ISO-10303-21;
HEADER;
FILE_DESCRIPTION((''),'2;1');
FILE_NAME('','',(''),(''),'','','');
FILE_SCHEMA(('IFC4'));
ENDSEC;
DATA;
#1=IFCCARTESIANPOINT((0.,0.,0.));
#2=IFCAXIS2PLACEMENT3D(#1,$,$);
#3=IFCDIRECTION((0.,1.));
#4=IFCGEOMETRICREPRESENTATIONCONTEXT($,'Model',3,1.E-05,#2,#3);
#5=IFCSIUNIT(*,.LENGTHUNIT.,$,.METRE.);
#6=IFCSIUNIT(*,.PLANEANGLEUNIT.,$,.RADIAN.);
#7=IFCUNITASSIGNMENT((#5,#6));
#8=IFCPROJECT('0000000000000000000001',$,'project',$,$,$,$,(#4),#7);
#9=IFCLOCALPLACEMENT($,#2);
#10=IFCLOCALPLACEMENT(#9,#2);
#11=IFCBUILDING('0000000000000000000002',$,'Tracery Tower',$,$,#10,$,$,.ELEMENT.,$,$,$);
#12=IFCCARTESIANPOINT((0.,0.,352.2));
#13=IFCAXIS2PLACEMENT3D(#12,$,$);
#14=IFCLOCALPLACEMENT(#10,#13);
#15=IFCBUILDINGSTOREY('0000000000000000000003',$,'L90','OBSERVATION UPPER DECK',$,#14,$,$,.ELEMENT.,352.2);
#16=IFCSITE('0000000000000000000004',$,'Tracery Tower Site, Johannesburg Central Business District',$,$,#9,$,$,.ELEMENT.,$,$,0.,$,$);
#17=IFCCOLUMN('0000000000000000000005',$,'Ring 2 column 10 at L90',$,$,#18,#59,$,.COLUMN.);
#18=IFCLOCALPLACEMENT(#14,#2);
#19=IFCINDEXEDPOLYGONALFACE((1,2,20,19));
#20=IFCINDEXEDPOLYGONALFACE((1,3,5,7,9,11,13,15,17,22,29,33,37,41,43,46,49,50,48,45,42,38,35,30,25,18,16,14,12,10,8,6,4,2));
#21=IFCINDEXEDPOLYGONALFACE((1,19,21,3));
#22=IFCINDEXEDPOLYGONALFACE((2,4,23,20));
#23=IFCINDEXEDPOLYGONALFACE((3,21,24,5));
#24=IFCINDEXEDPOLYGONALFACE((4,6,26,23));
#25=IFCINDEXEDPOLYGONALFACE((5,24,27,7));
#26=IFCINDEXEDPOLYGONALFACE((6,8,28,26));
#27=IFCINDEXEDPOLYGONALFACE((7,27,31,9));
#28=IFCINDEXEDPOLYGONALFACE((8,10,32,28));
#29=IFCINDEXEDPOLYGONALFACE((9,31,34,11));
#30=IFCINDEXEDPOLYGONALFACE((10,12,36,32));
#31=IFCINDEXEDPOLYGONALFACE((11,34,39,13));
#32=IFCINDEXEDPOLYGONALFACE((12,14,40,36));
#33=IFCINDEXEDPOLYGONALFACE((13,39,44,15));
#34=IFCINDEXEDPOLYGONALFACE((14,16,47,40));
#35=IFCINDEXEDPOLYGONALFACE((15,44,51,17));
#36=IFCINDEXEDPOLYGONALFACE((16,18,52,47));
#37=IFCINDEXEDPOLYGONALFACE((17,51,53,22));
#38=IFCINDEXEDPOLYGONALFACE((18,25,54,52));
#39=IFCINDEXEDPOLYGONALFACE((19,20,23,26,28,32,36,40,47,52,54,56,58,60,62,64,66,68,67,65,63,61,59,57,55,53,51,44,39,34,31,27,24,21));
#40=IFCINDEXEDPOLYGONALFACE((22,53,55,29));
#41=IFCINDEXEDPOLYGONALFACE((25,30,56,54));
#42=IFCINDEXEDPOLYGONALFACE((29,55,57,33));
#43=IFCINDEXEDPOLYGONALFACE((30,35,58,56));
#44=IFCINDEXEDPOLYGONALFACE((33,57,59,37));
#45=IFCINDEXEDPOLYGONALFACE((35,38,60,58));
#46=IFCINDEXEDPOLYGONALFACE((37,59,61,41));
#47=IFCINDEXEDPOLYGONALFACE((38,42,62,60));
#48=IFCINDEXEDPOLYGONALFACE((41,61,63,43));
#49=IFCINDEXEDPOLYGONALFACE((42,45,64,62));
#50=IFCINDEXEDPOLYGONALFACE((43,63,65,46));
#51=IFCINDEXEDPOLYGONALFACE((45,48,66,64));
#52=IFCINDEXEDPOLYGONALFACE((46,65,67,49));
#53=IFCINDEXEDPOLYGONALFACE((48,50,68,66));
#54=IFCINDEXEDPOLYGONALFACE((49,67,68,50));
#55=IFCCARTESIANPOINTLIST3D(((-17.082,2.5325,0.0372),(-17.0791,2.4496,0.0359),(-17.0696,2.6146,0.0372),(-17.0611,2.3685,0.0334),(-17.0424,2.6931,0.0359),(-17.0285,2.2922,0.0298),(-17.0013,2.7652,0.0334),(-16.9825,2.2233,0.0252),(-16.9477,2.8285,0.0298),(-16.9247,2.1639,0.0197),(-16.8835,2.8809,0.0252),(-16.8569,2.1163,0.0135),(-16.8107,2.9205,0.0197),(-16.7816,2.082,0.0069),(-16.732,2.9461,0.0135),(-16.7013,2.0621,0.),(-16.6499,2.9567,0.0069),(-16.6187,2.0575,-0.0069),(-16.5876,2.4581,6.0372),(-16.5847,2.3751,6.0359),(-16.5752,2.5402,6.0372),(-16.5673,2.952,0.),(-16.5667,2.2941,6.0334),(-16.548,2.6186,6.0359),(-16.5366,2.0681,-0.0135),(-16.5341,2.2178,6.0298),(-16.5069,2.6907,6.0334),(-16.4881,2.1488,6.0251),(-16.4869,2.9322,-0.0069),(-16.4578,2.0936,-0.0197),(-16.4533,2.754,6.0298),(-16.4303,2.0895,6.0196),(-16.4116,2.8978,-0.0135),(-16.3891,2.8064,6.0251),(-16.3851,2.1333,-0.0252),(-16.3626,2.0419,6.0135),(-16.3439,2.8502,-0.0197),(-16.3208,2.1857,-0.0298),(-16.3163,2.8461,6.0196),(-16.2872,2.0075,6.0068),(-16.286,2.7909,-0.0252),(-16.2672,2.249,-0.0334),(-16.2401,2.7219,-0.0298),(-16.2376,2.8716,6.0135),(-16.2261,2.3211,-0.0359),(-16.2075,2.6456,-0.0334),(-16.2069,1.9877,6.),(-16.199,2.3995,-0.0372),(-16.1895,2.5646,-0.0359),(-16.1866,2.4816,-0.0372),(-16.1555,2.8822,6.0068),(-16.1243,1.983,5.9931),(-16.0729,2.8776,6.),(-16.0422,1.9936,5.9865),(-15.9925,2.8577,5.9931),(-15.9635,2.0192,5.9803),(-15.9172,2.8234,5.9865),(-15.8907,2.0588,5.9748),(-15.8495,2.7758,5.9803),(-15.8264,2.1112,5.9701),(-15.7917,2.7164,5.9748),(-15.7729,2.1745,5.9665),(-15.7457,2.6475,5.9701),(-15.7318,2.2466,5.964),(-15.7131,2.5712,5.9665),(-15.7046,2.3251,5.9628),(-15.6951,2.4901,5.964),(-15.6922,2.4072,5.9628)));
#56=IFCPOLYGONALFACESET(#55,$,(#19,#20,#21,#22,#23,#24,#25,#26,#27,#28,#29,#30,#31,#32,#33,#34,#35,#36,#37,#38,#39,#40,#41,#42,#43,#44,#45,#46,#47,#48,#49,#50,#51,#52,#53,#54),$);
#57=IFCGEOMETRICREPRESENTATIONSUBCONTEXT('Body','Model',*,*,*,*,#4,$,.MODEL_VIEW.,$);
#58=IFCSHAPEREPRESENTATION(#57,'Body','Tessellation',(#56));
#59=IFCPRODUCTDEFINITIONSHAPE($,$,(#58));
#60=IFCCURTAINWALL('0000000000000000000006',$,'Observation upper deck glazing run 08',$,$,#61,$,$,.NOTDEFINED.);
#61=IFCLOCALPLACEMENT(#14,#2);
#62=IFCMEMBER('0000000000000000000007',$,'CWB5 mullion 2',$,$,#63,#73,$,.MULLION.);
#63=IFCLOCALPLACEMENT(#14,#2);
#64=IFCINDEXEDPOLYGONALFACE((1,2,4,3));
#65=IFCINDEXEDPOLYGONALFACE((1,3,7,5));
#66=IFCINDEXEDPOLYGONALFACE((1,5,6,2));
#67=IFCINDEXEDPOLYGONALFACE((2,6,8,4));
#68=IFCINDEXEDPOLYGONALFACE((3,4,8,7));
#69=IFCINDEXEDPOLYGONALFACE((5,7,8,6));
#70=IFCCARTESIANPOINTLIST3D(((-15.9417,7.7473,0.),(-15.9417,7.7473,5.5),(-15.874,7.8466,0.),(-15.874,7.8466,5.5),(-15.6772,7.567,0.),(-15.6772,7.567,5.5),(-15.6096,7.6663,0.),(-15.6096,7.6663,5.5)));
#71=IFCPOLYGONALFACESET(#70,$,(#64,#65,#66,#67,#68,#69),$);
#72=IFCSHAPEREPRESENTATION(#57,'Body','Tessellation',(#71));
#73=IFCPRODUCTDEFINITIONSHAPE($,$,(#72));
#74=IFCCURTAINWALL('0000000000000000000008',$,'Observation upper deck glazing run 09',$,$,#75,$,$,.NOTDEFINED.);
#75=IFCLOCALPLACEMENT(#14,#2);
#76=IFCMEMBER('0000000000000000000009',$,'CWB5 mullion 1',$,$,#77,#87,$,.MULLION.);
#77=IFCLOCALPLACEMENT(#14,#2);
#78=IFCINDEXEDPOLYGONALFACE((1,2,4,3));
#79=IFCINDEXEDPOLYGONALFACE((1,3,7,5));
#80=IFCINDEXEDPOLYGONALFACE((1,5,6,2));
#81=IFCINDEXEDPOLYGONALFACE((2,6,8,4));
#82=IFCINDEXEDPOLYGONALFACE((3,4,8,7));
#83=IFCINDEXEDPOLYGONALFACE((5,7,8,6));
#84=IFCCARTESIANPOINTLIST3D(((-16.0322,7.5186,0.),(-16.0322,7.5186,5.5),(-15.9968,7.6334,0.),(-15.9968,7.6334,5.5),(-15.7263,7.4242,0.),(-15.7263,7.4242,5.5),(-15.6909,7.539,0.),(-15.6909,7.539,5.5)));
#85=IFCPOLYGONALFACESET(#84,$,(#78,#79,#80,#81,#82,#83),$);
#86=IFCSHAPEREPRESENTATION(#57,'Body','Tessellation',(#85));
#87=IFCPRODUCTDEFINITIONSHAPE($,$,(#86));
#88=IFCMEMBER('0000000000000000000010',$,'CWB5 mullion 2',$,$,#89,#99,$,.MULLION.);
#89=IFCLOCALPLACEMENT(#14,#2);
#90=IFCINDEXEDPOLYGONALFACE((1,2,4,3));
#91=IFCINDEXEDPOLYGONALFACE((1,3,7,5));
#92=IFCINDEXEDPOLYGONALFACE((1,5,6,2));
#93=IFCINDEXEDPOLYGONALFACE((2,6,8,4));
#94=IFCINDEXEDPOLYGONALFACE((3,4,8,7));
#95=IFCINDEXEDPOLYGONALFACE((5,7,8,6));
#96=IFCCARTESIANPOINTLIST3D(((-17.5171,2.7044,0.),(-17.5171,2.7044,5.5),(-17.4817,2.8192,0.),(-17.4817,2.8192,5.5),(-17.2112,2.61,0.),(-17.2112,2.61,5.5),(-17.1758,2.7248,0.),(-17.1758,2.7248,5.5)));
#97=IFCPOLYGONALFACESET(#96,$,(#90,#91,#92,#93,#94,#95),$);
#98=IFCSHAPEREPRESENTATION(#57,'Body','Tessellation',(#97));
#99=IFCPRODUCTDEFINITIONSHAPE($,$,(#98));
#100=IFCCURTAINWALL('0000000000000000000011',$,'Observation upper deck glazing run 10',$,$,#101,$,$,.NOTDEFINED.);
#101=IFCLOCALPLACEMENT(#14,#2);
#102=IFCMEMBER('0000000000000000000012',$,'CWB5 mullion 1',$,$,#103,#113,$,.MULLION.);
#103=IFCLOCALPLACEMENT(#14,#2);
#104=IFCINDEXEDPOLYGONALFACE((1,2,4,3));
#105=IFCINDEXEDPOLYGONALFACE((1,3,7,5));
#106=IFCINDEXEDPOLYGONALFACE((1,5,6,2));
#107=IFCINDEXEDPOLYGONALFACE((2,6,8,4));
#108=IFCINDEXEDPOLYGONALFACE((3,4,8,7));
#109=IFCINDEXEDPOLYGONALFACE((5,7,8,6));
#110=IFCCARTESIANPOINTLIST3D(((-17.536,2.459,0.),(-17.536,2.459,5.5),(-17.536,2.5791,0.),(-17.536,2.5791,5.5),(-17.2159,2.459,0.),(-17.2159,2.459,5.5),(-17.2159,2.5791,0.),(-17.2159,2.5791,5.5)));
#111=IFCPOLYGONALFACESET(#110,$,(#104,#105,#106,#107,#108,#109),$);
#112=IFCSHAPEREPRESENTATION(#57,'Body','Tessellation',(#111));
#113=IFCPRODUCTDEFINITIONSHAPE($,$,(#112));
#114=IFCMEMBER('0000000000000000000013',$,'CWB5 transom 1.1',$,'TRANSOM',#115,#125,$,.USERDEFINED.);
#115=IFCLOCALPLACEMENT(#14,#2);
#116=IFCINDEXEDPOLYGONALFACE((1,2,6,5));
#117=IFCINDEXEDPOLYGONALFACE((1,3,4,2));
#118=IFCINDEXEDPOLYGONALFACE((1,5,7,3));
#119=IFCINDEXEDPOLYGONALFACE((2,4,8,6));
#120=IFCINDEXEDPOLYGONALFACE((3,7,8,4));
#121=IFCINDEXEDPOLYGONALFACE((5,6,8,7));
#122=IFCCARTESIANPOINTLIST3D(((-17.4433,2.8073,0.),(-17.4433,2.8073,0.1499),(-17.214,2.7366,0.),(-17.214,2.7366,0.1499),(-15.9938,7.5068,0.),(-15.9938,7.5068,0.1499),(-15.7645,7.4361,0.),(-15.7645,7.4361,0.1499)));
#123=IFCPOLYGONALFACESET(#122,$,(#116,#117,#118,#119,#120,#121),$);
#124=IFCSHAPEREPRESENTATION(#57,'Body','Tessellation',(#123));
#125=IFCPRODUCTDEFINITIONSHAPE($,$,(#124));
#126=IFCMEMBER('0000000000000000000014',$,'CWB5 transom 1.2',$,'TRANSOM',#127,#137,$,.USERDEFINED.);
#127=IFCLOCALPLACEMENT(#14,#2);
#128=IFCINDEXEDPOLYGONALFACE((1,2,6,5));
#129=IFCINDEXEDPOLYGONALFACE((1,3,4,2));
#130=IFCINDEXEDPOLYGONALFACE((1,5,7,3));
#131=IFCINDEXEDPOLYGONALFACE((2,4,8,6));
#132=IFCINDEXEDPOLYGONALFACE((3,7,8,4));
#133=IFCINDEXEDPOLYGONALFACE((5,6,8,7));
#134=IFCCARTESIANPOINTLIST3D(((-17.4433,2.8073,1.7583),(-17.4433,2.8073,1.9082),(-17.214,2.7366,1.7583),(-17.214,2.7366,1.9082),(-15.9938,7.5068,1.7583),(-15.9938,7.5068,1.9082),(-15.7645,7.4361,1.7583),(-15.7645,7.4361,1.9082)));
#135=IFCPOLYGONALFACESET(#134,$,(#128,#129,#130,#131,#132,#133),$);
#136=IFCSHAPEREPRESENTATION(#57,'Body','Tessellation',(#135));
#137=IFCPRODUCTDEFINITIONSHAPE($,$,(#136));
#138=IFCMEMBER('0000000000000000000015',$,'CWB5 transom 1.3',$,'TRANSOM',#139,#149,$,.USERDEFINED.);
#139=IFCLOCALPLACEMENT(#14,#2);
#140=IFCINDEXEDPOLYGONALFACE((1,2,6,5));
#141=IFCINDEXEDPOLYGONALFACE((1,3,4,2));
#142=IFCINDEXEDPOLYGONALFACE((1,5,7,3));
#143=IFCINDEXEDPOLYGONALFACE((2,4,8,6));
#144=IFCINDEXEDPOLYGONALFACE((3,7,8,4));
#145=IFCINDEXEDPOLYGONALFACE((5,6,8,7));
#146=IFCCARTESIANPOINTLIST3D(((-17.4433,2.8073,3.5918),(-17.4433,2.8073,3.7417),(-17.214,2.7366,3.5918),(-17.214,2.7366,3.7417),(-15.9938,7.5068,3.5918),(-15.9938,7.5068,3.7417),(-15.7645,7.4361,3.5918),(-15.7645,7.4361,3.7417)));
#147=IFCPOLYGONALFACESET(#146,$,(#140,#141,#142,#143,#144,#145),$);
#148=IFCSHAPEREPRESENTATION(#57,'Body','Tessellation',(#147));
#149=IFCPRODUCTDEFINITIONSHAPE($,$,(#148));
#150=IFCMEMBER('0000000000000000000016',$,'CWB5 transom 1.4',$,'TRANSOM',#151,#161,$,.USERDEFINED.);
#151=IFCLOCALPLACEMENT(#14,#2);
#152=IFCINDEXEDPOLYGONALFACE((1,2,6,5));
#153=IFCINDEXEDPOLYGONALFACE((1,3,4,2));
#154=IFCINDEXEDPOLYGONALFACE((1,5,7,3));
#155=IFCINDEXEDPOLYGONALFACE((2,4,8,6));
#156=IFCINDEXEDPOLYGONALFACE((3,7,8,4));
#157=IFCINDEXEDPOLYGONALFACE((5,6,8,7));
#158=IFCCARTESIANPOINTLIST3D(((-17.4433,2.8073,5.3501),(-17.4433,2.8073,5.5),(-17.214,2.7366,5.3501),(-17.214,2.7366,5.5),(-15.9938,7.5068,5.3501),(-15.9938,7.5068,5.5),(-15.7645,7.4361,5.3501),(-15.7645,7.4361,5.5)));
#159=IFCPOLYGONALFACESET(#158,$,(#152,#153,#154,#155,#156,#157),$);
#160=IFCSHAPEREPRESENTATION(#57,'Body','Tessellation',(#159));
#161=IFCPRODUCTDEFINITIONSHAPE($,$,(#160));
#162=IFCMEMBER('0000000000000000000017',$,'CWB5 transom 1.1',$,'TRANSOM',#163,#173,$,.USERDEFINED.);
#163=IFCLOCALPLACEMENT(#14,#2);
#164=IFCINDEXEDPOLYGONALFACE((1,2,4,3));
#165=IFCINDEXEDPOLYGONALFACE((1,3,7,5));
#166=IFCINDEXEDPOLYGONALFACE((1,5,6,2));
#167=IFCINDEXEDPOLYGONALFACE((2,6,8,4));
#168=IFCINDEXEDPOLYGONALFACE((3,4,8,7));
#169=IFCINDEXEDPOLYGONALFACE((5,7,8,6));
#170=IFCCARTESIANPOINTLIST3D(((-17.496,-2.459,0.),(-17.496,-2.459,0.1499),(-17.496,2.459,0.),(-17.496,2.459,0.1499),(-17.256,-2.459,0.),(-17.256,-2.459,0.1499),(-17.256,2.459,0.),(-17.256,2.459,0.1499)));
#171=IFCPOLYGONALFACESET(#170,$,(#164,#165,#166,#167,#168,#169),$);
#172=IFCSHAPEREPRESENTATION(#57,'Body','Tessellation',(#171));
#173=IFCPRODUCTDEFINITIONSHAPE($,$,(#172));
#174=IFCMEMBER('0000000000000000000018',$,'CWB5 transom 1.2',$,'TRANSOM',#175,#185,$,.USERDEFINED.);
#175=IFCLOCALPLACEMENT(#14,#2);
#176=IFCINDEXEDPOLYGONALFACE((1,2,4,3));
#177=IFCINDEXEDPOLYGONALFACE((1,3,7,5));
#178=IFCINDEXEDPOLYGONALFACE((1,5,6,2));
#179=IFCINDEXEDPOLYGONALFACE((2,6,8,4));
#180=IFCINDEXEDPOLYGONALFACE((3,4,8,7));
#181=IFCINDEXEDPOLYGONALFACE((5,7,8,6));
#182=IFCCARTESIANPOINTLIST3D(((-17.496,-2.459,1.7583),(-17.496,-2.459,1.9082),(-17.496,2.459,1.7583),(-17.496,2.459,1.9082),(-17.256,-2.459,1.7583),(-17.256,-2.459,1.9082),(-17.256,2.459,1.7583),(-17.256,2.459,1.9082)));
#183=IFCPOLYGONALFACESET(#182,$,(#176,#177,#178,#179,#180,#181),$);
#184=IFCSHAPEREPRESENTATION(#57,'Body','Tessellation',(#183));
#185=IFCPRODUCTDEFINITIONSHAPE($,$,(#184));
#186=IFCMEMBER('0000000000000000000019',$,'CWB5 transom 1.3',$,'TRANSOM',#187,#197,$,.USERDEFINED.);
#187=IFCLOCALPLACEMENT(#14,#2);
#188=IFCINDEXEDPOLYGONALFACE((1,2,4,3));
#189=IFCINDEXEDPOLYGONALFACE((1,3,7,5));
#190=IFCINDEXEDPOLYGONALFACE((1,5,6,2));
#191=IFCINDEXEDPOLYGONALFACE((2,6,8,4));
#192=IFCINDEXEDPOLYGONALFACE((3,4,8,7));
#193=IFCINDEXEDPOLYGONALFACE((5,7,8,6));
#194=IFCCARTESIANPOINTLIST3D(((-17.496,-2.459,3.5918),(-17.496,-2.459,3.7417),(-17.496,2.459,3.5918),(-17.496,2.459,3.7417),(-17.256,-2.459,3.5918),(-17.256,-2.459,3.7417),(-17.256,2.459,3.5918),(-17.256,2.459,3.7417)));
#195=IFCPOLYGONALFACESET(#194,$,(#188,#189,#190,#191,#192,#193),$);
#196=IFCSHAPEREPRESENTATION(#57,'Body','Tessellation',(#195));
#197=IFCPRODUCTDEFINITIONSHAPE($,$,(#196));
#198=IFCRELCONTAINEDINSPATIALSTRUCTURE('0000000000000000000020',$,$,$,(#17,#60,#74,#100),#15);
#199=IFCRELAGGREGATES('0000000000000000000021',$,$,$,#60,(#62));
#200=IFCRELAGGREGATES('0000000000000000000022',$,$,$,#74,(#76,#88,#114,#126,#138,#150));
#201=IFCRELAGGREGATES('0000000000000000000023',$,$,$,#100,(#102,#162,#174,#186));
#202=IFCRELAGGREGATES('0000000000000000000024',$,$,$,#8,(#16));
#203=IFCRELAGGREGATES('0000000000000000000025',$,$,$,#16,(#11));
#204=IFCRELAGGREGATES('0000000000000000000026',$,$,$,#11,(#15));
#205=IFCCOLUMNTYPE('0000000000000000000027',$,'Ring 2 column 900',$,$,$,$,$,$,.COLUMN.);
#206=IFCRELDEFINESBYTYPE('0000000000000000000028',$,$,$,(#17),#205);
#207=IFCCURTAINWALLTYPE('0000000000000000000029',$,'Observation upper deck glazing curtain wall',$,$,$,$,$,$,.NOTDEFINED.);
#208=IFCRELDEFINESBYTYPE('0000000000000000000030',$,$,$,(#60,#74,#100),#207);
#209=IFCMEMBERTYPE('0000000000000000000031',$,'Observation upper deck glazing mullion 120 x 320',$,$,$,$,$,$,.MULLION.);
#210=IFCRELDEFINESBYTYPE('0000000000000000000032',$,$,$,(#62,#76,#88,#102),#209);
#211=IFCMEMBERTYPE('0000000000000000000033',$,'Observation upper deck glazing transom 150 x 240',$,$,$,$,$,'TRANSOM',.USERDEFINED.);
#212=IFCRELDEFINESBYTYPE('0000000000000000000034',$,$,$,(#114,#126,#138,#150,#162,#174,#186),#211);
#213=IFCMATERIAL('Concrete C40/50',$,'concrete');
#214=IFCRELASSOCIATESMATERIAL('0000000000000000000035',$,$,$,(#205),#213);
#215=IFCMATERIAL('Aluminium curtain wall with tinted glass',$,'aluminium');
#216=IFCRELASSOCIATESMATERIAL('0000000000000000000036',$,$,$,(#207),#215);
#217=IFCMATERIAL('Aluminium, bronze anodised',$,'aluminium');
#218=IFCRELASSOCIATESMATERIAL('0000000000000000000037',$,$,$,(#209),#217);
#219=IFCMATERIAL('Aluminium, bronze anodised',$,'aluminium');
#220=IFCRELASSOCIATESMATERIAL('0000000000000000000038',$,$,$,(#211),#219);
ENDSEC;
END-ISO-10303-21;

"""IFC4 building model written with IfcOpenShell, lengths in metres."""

from ifc_helpers import new_model, si_unit, direction, frame, origin, origin_2d, place, context, subcontext, project, spatial, rectangle, circle, extrude, material, material_profile, profile_set, type_object, element, aggregate, save


model = new_model("IFC4")

# Units and contexts
model_context = context("Model", 3, precision=1e-05, world=origin(), true_north=direction((0.0, 1.0)))
body_context = subcontext(model_context, "Body", "Model", "MODEL_VIEW")
ifc_project = project(units=[si_unit("LENGTHUNIT", "METRE"), si_unit("PLANEANGLEUNIT", "RADIAN")], contexts=[model_context])

# Site, building, storey
site_placement = place(None, origin())
site = spatial("IfcSite", under=ifc_project, at=site_placement, Name="Tracery Tower Site, Johannesburg Central Business District", CompositionType="ELEMENT", RefElevation=0.0)
building_placement = place(site_placement, origin())
building = spatial("IfcBuilding", under=site, at=building_placement, Name="Tracery Tower", CompositionType="ELEMENT")
storey_placement = place(building_placement, frame((0.0, 0.0, 352.2)))
storey = spatial("IfcBuildingStorey", under=building, at=storey_placement, Name="L90", Description="OBSERVATION UPPER DECK", CompositionType="ELEMENT", Elevation=352.2)

# Column
ifc_material_1 = material(Name="Concrete C40/50", Category="concrete")
ifc_material_profile_1 = material_profile(ifc_material_1, circle(Radius=0.45, at=origin_2d()), Name="RC D900")
ifc_profile_set_1 = profile_set([ifc_material_profile_1], Name="Concrete C40/50")
column_type = type_object("IfcColumnType", Name="Ring 2 column 900", PredefinedType="COLUMN", material=ifc_profile_set_1)
column_placement = place(storey_placement, frame((-16.6343, 2.5071, 0.0), z_axis=(0.082113, -0.012368, 0.996546), x_axis=(0.148937, 0.988847, 0.0)))
element("IfcColumn", 1, at=column_placement, inside=storey, type_object=column_type, Name="Ring 2 column 10 at L90", PredefinedType="COLUMN", context=body_context, shape_type="SweptSolid", body=[
    extrude(circle(Radius=0.45, at=origin_2d()), origin(), (0.0, 0.0, 1.0), 6.0208),
])

# Curtain wall, member
ifc_material_2 = material(Name="Aluminium curtain wall with tinted glass", Category="aluminium")
curtain_wall_type = type_object("IfcCurtainWallType", Name="Observation upper deck glazing curtain wall", PredefinedType="NOTDEFINED", material=ifc_material_2)
curtain_wall_1_placement = place(storey_placement, origin())
curtain_wall_1 = element("IfcCurtainWall", 2, at=curtain_wall_1_placement, inside=storey, type_object=curtain_wall_type, Name="Observation upper deck glazing run 08", PredefinedType="NOTDEFINED")
ifc_material_3 = material(Name="Aluminium, bronze anodised", Category="aluminium")
ifc_material_profile_2 = material_profile(ifc_material_3, rectangle(XDim=0.3201, YDim=0.1201, at=origin_2d()), Name="Observation upper deck glazing mullion 120 x 320")
ifc_profile_set_2 = profile_set([ifc_material_profile_2], Name="Aluminium, bronze anodised")
member_type_1 = type_object("IfcMemberType", Name="Observation upper deck glazing mullion 120 x 320", PredefinedType="MULLION", material=ifc_profile_set_2)
member_1_placement = place(storey_placement, frame((-15.7756, 7.7068, 0.0), z_axis=(0.0, 0.0, 1.0), x_axis=(0.826243, -0.563314, 0.0)))
member_1 = element("IfcMember", 3, at=member_1_placement, type_object=member_type_1, Name="CWB5 mullion 2", PredefinedType="MULLION", context=body_context, shape_type="SweptSolid", body=[
    extrude(rectangle(XDim=0.3201, YDim=0.1201, at=origin_2d()), origin(), (0.0, 0.0, 1.0), 5.5),
])
aggregate(curtain_wall_1, [member_1])

# Curtain wall, members
curtain_wall_2_placement = place(storey_placement, origin())
curtain_wall_2 = element("IfcCurtainWall", 4, at=curtain_wall_2_placement, inside=storey, type_object=curtain_wall_type, Name="Observation upper deck glazing run 09", PredefinedType="NOTDEFINED")
member_2_placement = place(storey_placement, frame((-15.8616, 7.5288, 0.0), z_axis=(0.0, 0.0, 1.0), x_axis=(0.955576, -0.294744, 0.0)))
member_2 = element("IfcMember", 5, at=member_2_placement, type_object=member_type_1, Name="CWB5 mullion 1", PredefinedType="MULLION", context=body_context, shape_type="SweptSolid", body=[
    extrude(rectangle(XDim=0.3201, YDim=0.1201, at=origin_2d()), origin(), (0.0, 0.0, 1.0), 5.5),
])
member_3_placement = place(storey_placement, frame((-17.3464, 2.7146, 0.0), z_axis=(0.0, 0.0, 1.0), x_axis=(0.955576, -0.294744, 0.0)))
member_3 = element("IfcMember", 6, at=member_3_placement, type_object=member_type_1, Name="CWB5 mullion 2", PredefinedType="MULLION", context=body_context, shape_type="SweptSolid", body=[
    extrude(rectangle(XDim=0.3201, YDim=0.1201, at=origin_2d()), origin(), (0.0, 0.0, 1.0), 5.5),
])

# Curtain wall, member
curtain_wall_3_placement = place(storey_placement, origin())
curtain_wall_3 = element("IfcCurtainWall", 7, at=curtain_wall_3_placement, inside=storey, type_object=curtain_wall_type, Name="Observation upper deck glazing run 10", PredefinedType="NOTDEFINED")
member_4_placement = place(storey_placement, frame((-17.376, 2.519, 0.0), z_axis=(0.0, 0.0, 1.0), x_axis=(1.0, 0.0, 0.0)))
member_4 = element("IfcMember", 8, at=member_4_placement, type_object=member_type_1, Name="CWB5 mullion 1", PredefinedType="MULLION", context=body_context, shape_type="SweptSolid", body=[
    extrude(rectangle(XDim=0.3201, YDim=0.1201, at=origin_2d()), origin(), (0.0, 0.0, 1.0), 5.5),
])

# Members
ifc_material_4 = material(Name="Aluminium, bronze anodised", Category="aluminium")
ifc_material_profile_3 = material_profile(ifc_material_4, rectangle(XDim=0.24, YDim=0.1499, at=origin_2d()), Name="Observation upper deck glazing transom 150 x 240")
ifc_profile_set_3 = profile_set([ifc_material_profile_3], Name="Aluminium, bronze anodised")
member_type_2 = type_object("IfcMemberType", Name="Observation upper deck glazing transom 150 x 240", ElementType="TRANSOM", PredefinedType="USERDEFINED", material=ifc_profile_set_3)
member_5_placement = place(storey_placement, frame((-15.8792, 7.4714, 0.075), z_axis=(-0.294731, -0.95558, 0.0), x_axis=(0.95558, -0.294731, 0.0)))
member_5 = element("IfcMember", 9, at=member_5_placement, type_object=member_type_2, Name="CWB5 transom 1.1", ObjectType="TRANSOM", PredefinedType="USERDEFINED", context=body_context, shape_type="SweptSolid", body=[
    extrude(rectangle(XDim=0.24, YDim=0.1499, at=origin_2d()), origin(), (0.0, 0.0, 1.0), 4.918),
])
member_6_placement = place(storey_placement, frame((-15.8792, 7.4714, 1.8333), z_axis=(-0.294731, -0.95558, 0.0), x_axis=(0.95558, -0.294731, 0.0)))
member_6 = element("IfcMember", 10, at=member_6_placement, type_object=member_type_2, Name="CWB5 transom 1.2", ObjectType="TRANSOM", PredefinedType="USERDEFINED", context=body_context, shape_type="SweptSolid", body=[
    extrude(rectangle(XDim=0.24, YDim=0.1499, at=origin_2d()), origin(), (0.0, 0.0, 1.0), 4.918),
])
member_7_placement = place(storey_placement, frame((-15.8792, 7.4714, 3.6667), z_axis=(-0.294731, -0.95558, 0.0), x_axis=(0.95558, -0.294731, 0.0)))
member_7 = element("IfcMember", 11, at=member_7_placement, type_object=member_type_2, Name="CWB5 transom 1.3", ObjectType="TRANSOM", PredefinedType="USERDEFINED", context=body_context, shape_type="SweptSolid", body=[
    extrude(rectangle(XDim=0.24, YDim=0.1499, at=origin_2d()), origin(), (0.0, 0.0, 1.0), 4.918),
])
member_8_placement = place(storey_placement, frame((-15.8792, 7.4714, 5.425), z_axis=(-0.294731, -0.95558, 0.0), x_axis=(0.95558, -0.294731, 0.0)))
member_8 = element("IfcMember", 12, at=member_8_placement, type_object=member_type_2, Name="CWB5 transom 1.4", ObjectType="TRANSOM", PredefinedType="USERDEFINED", context=body_context, shape_type="SweptSolid", body=[
    extrude(rectangle(XDim=0.24, YDim=0.1499, at=origin_2d()), origin(), (0.0, 0.0, 1.0), 4.918),
])
member_9_placement = place(storey_placement, frame((-17.376, 2.459, 0.075), z_axis=(0.0, -1.0, 0.0), x_axis=(1.0, 0.0, 0.0)))
member_9 = element("IfcMember", 13, at=member_9_placement, type_object=member_type_2, Name="CWB5 transom 1.1", ObjectType="TRANSOM", PredefinedType="USERDEFINED", context=body_context, shape_type="SweptSolid", body=[
    extrude(rectangle(XDim=0.24, YDim=0.1499, at=origin_2d()), origin(), (0.0, 0.0, 1.0), 4.918),
])
member_10_placement = place(storey_placement, frame((-17.376, 2.459, 1.8333), z_axis=(0.0, -1.0, 0.0), x_axis=(1.0, 0.0, 0.0)))
member_10 = element("IfcMember", 14, at=member_10_placement, type_object=member_type_2, Name="CWB5 transom 1.2", ObjectType="TRANSOM", PredefinedType="USERDEFINED", context=body_context, shape_type="SweptSolid", body=[
    extrude(rectangle(XDim=0.24, YDim=0.1499, at=origin_2d()), origin(), (0.0, 0.0, 1.0), 4.918),
])
member_11_placement = place(storey_placement, frame((-17.376, 2.459, 3.6667), z_axis=(0.0, -1.0, 0.0), x_axis=(1.0, 0.0, 0.0)))
member_11 = element("IfcMember", 15, at=member_11_placement, type_object=member_type_2, Name="CWB5 transom 1.3", ObjectType="TRANSOM", PredefinedType="USERDEFINED", context=body_context, shape_type="SweptSolid", body=[
    extrude(rectangle(XDim=0.24, YDim=0.1499, at=origin_2d()), origin(), (0.0, 0.0, 1.0), 4.918),
])

aggregate(curtain_wall_2, [member_2, member_3, member_5, member_6, member_7, member_8])
aggregate(curtain_wall_3, [member_4, member_9, member_10, member_11])

save(model, "model.ifc")
